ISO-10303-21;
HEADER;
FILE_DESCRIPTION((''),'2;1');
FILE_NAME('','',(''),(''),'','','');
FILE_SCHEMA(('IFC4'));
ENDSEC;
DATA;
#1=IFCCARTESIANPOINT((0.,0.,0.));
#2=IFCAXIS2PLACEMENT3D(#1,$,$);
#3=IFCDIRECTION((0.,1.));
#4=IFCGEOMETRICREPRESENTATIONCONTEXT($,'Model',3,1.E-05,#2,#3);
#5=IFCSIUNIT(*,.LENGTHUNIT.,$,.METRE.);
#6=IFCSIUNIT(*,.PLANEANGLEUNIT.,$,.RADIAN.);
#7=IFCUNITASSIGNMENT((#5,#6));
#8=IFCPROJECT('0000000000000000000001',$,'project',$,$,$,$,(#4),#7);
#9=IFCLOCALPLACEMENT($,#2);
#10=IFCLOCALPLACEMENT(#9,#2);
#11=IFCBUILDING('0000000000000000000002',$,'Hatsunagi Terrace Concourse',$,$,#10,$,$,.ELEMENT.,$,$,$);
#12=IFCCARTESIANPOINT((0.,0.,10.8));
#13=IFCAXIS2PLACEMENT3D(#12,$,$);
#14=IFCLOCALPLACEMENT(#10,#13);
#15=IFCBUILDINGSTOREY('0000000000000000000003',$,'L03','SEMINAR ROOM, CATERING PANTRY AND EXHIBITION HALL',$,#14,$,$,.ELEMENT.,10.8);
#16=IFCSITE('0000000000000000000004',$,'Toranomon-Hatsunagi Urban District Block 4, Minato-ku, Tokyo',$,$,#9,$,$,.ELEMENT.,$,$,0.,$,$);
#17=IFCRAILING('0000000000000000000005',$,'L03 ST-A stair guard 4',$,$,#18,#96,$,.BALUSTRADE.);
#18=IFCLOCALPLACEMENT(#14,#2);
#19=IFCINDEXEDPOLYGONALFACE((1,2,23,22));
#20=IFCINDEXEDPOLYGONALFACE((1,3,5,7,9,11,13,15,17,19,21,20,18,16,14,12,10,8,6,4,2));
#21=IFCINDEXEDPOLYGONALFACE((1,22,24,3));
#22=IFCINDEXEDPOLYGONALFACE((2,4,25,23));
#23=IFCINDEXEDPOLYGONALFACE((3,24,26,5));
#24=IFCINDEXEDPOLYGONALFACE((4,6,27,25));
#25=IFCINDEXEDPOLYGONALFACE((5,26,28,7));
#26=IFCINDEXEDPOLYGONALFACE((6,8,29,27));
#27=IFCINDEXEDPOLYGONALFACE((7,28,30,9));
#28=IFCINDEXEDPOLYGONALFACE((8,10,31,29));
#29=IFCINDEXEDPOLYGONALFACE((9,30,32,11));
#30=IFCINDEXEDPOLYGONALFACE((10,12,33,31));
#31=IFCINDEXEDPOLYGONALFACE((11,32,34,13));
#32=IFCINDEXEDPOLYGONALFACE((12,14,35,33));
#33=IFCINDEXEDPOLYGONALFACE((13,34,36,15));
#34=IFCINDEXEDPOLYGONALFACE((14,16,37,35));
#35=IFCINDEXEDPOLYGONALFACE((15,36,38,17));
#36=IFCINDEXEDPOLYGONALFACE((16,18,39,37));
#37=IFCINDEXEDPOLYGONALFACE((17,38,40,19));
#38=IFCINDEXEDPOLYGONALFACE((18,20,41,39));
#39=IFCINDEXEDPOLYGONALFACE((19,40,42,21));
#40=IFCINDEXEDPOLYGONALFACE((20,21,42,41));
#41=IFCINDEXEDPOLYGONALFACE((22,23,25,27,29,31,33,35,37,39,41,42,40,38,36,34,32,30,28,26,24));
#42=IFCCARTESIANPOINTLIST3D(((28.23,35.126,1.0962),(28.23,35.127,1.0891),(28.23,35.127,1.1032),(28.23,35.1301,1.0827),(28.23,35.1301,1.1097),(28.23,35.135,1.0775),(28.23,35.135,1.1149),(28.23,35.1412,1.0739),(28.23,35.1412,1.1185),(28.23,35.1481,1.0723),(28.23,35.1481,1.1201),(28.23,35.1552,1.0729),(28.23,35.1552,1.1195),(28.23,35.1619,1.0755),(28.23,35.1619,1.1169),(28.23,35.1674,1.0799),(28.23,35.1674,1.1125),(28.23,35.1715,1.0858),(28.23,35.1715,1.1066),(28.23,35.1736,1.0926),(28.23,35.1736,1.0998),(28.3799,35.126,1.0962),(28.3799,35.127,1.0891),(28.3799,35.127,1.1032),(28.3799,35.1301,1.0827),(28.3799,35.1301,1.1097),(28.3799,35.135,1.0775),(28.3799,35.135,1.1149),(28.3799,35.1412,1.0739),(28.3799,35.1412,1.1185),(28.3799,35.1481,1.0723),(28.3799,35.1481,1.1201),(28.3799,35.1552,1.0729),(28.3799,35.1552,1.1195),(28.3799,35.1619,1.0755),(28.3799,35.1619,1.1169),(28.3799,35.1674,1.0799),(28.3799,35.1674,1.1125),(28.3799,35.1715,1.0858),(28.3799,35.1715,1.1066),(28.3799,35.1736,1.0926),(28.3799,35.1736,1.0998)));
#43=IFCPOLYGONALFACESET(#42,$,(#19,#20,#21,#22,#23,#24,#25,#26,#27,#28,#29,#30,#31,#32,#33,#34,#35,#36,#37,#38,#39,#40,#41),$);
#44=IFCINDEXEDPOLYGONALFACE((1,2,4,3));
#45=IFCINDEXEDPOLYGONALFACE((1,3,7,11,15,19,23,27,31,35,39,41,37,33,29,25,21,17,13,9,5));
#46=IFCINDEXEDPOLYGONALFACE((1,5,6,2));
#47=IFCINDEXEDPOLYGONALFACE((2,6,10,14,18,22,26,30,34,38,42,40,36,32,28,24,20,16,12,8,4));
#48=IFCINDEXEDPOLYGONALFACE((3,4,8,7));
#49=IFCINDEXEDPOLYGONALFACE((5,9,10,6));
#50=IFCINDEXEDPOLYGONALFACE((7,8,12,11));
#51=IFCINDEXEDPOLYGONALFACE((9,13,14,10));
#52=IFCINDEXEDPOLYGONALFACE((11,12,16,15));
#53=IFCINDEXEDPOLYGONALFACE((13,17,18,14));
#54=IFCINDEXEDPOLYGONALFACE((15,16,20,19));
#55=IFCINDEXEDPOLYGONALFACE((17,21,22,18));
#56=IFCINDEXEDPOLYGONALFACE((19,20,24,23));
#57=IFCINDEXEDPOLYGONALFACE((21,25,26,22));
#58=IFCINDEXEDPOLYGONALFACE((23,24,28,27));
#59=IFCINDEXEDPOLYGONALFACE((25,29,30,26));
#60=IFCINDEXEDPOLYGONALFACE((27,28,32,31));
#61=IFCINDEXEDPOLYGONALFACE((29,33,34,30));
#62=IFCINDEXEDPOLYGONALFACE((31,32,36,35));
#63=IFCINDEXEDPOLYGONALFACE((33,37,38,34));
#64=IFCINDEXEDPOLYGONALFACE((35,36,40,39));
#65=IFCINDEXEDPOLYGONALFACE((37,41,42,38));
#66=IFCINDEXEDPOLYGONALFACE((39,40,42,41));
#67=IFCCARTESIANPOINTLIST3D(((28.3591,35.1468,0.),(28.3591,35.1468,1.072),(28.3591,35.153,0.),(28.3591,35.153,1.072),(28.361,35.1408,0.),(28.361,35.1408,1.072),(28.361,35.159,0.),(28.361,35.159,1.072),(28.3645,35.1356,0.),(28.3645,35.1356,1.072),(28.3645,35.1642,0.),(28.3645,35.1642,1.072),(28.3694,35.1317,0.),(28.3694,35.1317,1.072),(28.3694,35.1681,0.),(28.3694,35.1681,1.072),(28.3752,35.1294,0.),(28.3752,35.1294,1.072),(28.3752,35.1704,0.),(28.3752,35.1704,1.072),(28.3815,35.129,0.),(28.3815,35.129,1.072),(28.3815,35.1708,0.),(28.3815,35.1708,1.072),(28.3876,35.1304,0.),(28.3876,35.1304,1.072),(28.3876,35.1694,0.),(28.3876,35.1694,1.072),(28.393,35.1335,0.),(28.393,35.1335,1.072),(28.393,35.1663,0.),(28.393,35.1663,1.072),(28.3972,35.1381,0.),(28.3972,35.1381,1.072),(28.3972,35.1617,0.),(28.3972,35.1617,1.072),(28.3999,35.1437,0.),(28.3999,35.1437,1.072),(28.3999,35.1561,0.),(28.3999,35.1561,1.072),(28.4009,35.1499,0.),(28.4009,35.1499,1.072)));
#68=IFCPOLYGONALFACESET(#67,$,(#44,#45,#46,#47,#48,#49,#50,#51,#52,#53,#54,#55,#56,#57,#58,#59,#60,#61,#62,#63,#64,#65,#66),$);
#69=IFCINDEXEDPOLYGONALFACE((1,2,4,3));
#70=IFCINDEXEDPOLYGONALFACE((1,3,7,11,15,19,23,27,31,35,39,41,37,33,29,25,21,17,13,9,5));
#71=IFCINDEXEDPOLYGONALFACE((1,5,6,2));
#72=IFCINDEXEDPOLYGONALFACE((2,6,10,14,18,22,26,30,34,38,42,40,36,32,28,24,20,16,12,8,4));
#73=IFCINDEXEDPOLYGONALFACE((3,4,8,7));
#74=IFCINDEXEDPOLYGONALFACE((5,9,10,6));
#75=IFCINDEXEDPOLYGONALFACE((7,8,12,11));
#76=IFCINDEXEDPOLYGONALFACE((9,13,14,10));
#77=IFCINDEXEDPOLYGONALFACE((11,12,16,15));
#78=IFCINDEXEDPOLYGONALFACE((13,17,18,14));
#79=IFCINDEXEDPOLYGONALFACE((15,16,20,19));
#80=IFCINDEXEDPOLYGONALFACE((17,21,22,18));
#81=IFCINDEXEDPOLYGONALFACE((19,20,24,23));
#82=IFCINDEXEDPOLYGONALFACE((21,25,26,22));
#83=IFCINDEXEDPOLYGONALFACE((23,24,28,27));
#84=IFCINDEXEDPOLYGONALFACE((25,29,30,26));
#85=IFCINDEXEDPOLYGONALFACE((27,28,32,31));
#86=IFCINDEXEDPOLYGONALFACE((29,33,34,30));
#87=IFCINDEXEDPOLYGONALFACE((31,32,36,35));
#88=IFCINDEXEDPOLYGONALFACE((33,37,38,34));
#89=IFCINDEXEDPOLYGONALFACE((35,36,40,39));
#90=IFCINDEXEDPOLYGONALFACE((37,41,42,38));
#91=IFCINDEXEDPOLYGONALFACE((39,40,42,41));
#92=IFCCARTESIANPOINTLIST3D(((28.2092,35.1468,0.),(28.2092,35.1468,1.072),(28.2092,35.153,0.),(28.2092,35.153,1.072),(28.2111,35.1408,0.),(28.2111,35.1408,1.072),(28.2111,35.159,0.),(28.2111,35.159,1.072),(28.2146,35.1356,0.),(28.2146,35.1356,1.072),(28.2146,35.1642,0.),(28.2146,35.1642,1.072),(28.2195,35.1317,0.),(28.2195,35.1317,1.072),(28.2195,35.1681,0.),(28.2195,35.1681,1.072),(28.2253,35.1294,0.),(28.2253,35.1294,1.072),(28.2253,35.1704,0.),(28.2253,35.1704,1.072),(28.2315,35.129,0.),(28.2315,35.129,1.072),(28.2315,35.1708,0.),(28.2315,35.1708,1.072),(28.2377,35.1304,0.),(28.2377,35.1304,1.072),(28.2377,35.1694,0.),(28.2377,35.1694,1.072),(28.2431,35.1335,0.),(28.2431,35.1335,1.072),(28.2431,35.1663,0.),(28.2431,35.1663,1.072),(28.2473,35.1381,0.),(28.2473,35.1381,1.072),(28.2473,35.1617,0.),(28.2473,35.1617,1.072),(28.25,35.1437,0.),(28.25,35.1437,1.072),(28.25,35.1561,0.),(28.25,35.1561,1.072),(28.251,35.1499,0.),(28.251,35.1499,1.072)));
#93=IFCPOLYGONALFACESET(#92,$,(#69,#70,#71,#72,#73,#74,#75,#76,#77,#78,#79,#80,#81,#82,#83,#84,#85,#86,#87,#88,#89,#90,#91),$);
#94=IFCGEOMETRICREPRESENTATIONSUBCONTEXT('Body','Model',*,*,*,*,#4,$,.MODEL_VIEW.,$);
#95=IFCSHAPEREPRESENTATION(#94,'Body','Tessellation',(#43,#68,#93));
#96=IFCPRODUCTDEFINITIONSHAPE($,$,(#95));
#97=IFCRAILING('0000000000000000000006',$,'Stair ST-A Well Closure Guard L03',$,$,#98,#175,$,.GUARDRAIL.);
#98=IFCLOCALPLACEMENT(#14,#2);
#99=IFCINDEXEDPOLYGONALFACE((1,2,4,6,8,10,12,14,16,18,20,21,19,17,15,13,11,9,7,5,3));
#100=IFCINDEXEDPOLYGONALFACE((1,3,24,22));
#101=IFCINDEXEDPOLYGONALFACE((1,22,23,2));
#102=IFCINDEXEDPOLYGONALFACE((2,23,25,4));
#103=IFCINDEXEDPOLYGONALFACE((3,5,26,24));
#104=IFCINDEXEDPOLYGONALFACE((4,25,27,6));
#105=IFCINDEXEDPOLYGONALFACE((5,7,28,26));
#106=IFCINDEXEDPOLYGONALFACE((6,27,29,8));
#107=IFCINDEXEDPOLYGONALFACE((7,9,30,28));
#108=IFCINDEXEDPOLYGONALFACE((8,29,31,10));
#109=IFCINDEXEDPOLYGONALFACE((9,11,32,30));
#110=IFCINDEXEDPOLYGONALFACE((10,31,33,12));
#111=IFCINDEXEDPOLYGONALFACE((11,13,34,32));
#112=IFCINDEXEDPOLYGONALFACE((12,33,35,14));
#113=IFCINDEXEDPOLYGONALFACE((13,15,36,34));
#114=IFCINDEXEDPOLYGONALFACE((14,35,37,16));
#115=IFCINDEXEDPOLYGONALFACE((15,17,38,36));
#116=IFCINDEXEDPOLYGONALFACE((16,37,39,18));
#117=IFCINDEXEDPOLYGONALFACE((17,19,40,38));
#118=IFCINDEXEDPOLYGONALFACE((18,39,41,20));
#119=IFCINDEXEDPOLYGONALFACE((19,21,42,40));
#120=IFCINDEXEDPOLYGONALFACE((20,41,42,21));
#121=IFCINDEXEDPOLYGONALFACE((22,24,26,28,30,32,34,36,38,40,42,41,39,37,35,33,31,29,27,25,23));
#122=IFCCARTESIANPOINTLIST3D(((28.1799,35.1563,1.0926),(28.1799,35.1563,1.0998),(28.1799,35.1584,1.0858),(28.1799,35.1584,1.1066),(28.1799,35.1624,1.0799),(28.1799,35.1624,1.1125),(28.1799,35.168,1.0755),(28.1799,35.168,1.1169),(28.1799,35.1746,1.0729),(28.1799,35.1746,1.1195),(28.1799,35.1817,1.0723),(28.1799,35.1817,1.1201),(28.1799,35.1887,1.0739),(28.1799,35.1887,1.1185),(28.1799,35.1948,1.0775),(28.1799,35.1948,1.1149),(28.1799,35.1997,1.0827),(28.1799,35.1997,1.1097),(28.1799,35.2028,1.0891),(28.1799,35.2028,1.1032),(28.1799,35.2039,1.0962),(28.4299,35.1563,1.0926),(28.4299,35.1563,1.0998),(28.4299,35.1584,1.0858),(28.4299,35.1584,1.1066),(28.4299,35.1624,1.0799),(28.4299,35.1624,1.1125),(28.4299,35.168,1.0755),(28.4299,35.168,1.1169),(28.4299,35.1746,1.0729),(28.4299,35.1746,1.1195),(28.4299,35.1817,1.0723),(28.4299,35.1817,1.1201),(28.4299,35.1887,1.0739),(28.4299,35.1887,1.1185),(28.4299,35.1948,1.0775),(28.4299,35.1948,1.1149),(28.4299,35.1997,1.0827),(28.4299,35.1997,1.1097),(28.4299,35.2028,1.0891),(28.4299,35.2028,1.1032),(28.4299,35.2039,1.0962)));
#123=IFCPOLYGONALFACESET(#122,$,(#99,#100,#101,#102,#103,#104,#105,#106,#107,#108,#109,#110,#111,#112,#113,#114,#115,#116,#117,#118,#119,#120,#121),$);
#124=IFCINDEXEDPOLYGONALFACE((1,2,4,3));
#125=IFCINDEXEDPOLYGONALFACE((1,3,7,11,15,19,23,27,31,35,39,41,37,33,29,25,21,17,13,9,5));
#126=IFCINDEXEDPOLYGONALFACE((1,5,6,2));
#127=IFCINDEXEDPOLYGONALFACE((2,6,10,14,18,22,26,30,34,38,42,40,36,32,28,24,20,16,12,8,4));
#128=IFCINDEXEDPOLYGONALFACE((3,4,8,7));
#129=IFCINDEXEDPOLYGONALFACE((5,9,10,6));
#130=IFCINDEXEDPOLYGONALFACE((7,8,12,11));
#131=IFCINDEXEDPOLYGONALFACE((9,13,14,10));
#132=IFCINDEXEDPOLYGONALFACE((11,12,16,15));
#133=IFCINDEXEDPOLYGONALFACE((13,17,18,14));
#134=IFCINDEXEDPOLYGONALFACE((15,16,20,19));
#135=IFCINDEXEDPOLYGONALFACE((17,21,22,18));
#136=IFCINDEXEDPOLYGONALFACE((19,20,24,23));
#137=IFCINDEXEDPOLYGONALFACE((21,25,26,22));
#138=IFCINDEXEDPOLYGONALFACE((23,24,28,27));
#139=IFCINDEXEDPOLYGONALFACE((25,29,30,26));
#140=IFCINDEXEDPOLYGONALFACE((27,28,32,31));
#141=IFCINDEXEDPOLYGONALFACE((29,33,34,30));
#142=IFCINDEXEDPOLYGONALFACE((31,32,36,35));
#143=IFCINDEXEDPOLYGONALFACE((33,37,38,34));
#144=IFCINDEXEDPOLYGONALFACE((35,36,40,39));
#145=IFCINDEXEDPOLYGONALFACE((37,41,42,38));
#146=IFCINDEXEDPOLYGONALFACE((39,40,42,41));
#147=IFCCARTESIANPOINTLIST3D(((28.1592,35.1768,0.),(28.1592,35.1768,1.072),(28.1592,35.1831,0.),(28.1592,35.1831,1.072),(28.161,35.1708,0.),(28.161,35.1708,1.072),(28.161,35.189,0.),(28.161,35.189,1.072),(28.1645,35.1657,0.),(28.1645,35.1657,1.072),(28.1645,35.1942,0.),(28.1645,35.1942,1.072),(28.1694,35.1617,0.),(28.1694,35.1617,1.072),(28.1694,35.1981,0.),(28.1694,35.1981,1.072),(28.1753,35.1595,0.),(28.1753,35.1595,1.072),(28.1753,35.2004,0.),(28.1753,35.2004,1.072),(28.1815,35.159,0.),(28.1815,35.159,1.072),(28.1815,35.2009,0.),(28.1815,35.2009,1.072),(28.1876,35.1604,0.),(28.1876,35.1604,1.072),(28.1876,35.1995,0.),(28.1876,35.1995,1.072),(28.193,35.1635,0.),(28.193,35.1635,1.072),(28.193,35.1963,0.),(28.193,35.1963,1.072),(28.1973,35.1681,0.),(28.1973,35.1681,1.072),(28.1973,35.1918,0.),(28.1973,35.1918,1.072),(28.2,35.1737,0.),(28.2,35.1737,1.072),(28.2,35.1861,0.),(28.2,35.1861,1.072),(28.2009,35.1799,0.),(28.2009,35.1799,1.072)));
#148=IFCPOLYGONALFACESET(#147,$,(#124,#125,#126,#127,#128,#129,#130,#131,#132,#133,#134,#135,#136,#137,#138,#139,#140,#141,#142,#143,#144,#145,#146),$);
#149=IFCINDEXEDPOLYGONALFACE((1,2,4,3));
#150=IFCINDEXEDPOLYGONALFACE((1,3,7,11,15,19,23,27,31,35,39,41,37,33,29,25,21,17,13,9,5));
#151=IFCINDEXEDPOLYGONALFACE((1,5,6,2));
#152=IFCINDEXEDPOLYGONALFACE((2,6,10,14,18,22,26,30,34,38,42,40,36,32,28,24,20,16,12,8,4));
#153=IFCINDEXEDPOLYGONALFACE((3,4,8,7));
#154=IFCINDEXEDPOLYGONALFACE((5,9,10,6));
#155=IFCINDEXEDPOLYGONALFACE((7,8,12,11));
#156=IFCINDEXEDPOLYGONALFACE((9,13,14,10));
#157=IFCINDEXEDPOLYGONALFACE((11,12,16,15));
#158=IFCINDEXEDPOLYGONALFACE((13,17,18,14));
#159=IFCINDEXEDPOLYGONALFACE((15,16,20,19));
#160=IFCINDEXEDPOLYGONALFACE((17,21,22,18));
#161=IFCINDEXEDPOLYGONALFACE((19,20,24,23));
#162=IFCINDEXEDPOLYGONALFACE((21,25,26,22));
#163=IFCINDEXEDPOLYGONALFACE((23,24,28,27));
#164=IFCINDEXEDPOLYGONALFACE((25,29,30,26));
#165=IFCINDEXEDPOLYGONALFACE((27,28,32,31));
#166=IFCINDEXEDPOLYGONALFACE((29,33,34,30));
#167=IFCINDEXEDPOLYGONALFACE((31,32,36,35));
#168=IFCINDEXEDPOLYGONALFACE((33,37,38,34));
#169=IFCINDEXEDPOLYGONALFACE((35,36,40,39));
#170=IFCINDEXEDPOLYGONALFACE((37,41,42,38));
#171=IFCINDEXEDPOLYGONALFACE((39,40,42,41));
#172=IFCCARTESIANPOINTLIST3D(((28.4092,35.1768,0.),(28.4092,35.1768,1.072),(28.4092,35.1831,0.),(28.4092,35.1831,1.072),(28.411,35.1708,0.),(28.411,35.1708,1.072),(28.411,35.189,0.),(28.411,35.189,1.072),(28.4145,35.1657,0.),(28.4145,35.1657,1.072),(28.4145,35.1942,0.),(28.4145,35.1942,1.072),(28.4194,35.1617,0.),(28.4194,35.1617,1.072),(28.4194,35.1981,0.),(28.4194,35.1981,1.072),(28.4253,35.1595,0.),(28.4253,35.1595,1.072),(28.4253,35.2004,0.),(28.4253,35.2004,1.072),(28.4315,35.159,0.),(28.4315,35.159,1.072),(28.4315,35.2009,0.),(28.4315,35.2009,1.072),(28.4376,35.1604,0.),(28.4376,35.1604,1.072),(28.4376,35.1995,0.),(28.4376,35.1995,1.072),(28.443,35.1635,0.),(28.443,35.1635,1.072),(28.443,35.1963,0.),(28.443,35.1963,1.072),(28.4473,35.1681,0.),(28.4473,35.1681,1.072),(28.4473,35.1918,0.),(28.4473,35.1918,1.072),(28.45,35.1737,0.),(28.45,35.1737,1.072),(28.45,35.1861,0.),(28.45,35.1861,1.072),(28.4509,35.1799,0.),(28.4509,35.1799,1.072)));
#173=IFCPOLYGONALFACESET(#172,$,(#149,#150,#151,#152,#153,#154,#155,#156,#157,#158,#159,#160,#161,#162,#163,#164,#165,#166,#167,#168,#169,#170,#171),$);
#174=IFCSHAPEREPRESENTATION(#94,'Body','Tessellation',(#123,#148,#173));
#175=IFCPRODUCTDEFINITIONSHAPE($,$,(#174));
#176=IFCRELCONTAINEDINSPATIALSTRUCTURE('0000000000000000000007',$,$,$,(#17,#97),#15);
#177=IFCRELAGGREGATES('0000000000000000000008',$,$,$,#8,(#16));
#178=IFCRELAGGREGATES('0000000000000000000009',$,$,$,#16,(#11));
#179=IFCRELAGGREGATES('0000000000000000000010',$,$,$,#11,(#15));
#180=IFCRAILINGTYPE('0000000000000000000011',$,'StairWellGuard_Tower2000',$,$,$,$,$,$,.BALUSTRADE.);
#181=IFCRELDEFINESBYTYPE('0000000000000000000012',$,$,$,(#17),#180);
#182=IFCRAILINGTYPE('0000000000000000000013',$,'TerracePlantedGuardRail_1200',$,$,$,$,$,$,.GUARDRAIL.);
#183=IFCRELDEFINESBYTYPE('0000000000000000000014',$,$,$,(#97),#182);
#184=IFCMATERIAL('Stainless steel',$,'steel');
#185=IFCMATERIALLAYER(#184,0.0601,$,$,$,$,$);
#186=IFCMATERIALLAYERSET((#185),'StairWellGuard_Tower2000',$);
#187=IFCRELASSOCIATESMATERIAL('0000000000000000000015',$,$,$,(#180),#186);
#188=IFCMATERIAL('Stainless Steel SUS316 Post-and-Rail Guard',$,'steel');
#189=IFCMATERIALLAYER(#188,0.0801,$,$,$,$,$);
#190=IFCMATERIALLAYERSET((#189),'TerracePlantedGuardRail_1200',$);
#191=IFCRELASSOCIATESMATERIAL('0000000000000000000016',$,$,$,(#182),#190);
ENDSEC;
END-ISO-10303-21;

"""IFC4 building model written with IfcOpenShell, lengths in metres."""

from ifc_helpers import new_model, si_unit, direction, frame, origin, origin_2d, place, context, subcontext, project, spatial, circle, extrude, material, layer, layer_set, type_object, element, save


model = new_model("IFC4")

# Units and contexts
model_context = context("Model", 3, precision=1e-05, world=origin(), true_north=direction((0.0, 1.0)))
body_context = subcontext(model_context, "Body", "Model", "MODEL_VIEW")
ifc_project = project(units=[si_unit("LENGTHUNIT", "METRE"), si_unit("PLANEANGLEUNIT", "RADIAN")], contexts=[model_context])

# Site, building, storey
site_placement = place(None, origin())
site = spatial("IfcSite", under=ifc_project, at=site_placement, Name="Toranomon-Hatsunagi Urban District Block 4, Minato-ku, Tokyo", CompositionType="ELEMENT", RefElevation=0.0)
building_placement = place(site_placement, origin())
building = spatial("IfcBuilding", under=site, at=building_placement, Name="Hatsunagi Terrace Concourse", CompositionType="ELEMENT")
storey_placement = place(building_placement, frame((0.0, 0.0, 10.8)))
storey = spatial("IfcBuildingStorey", under=building, at=storey_placement, Name="L03", Description="SEMINAR ROOM, CATERING PANTRY AND EXHIBITION HALL", CompositionType="ELEMENT", Elevation=10.8)

# Railings
ifc_material_1 = material(Name="Stainless steel", Category="steel")
ifc_layer_1 = layer(ifc_material_1, 0.0601)
ifc_layer_set_1 = layer_set([ifc_layer_1], Name="StairWellGuard_Tower2000")
railing_type_1 = type_object("IfcRailingType", Name="StairWellGuard_Tower2000", PredefinedType="BALUSTRADE", material=ifc_layer_set_1)
railing_1_placement = place(storey_placement, frame((28.3799, 35.1499, 0.0)))
element("IfcRailing", 1, at=railing_1_placement, inside=storey, type_object=railing_type_1, Name="L03 ST-A stair guard 4", PredefinedType="BALUSTRADE", context=body_context, shape_type="SweptSolid", body=[
    extrude(circle(Radius=0.0239, at=origin_2d()), frame((0.0, 0.0, 1.0962), z_axis=(-1.0, 0.0, 0.0), x_axis=(0.0, -1.0, 0.0)), (0.0, 0.0, 1.0), 0.1499),
    extrude(circle(Radius=0.021, at=origin_2d()), origin(), (0.0, 0.0, 1.0), 1.072),
    extrude(circle(Radius=0.021, at=origin_2d()), frame((-0.1499, 0.0, 0.0)), (0.0, 0.0, 1.0), 1.072),
])
ifc_material_2 = material(Name="Stainless Steel SUS316 Post-and-Rail Guard", Category="steel")
ifc_layer_2 = layer(ifc_material_2, 0.0801)
ifc_layer_set_2 = layer_set([ifc_layer_2], Name="TerracePlantedGuardRail_1200")
railing_type_2 = type_object("IfcRailingType", Name="TerracePlantedGuardRail_1200", PredefinedType="GUARDRAIL", material=ifc_layer_set_2)
railing_2_placement = place(storey_placement, frame((28.1799, 35.1799, 0.0)))
element("IfcRailing", 2, at=railing_2_placement, inside=storey, type_object=railing_type_2, Name="Stair ST-A Well Closure Guard L03", PredefinedType="GUARDRAIL", context=body_context, shape_type="SweptSolid", body=[
    extrude(circle(Radius=0.0239, at=origin_2d()), frame((0.0, 0.0, 1.0962), z_axis=(1.0, 0.0, 0.0), x_axis=(0.0, 1.0, 0.0)), (0.0, 0.0, 1.0), 0.25),
    extrude(circle(Radius=0.021, at=origin_2d()), origin(), (0.0, 0.0, 1.0), 1.072),
    extrude(circle(Radius=0.021, at=origin_2d()), frame((0.25, 0.0, 0.0)), (0.0, 0.0, 1.0), 1.072),
])

save(model, "model.ifc")
